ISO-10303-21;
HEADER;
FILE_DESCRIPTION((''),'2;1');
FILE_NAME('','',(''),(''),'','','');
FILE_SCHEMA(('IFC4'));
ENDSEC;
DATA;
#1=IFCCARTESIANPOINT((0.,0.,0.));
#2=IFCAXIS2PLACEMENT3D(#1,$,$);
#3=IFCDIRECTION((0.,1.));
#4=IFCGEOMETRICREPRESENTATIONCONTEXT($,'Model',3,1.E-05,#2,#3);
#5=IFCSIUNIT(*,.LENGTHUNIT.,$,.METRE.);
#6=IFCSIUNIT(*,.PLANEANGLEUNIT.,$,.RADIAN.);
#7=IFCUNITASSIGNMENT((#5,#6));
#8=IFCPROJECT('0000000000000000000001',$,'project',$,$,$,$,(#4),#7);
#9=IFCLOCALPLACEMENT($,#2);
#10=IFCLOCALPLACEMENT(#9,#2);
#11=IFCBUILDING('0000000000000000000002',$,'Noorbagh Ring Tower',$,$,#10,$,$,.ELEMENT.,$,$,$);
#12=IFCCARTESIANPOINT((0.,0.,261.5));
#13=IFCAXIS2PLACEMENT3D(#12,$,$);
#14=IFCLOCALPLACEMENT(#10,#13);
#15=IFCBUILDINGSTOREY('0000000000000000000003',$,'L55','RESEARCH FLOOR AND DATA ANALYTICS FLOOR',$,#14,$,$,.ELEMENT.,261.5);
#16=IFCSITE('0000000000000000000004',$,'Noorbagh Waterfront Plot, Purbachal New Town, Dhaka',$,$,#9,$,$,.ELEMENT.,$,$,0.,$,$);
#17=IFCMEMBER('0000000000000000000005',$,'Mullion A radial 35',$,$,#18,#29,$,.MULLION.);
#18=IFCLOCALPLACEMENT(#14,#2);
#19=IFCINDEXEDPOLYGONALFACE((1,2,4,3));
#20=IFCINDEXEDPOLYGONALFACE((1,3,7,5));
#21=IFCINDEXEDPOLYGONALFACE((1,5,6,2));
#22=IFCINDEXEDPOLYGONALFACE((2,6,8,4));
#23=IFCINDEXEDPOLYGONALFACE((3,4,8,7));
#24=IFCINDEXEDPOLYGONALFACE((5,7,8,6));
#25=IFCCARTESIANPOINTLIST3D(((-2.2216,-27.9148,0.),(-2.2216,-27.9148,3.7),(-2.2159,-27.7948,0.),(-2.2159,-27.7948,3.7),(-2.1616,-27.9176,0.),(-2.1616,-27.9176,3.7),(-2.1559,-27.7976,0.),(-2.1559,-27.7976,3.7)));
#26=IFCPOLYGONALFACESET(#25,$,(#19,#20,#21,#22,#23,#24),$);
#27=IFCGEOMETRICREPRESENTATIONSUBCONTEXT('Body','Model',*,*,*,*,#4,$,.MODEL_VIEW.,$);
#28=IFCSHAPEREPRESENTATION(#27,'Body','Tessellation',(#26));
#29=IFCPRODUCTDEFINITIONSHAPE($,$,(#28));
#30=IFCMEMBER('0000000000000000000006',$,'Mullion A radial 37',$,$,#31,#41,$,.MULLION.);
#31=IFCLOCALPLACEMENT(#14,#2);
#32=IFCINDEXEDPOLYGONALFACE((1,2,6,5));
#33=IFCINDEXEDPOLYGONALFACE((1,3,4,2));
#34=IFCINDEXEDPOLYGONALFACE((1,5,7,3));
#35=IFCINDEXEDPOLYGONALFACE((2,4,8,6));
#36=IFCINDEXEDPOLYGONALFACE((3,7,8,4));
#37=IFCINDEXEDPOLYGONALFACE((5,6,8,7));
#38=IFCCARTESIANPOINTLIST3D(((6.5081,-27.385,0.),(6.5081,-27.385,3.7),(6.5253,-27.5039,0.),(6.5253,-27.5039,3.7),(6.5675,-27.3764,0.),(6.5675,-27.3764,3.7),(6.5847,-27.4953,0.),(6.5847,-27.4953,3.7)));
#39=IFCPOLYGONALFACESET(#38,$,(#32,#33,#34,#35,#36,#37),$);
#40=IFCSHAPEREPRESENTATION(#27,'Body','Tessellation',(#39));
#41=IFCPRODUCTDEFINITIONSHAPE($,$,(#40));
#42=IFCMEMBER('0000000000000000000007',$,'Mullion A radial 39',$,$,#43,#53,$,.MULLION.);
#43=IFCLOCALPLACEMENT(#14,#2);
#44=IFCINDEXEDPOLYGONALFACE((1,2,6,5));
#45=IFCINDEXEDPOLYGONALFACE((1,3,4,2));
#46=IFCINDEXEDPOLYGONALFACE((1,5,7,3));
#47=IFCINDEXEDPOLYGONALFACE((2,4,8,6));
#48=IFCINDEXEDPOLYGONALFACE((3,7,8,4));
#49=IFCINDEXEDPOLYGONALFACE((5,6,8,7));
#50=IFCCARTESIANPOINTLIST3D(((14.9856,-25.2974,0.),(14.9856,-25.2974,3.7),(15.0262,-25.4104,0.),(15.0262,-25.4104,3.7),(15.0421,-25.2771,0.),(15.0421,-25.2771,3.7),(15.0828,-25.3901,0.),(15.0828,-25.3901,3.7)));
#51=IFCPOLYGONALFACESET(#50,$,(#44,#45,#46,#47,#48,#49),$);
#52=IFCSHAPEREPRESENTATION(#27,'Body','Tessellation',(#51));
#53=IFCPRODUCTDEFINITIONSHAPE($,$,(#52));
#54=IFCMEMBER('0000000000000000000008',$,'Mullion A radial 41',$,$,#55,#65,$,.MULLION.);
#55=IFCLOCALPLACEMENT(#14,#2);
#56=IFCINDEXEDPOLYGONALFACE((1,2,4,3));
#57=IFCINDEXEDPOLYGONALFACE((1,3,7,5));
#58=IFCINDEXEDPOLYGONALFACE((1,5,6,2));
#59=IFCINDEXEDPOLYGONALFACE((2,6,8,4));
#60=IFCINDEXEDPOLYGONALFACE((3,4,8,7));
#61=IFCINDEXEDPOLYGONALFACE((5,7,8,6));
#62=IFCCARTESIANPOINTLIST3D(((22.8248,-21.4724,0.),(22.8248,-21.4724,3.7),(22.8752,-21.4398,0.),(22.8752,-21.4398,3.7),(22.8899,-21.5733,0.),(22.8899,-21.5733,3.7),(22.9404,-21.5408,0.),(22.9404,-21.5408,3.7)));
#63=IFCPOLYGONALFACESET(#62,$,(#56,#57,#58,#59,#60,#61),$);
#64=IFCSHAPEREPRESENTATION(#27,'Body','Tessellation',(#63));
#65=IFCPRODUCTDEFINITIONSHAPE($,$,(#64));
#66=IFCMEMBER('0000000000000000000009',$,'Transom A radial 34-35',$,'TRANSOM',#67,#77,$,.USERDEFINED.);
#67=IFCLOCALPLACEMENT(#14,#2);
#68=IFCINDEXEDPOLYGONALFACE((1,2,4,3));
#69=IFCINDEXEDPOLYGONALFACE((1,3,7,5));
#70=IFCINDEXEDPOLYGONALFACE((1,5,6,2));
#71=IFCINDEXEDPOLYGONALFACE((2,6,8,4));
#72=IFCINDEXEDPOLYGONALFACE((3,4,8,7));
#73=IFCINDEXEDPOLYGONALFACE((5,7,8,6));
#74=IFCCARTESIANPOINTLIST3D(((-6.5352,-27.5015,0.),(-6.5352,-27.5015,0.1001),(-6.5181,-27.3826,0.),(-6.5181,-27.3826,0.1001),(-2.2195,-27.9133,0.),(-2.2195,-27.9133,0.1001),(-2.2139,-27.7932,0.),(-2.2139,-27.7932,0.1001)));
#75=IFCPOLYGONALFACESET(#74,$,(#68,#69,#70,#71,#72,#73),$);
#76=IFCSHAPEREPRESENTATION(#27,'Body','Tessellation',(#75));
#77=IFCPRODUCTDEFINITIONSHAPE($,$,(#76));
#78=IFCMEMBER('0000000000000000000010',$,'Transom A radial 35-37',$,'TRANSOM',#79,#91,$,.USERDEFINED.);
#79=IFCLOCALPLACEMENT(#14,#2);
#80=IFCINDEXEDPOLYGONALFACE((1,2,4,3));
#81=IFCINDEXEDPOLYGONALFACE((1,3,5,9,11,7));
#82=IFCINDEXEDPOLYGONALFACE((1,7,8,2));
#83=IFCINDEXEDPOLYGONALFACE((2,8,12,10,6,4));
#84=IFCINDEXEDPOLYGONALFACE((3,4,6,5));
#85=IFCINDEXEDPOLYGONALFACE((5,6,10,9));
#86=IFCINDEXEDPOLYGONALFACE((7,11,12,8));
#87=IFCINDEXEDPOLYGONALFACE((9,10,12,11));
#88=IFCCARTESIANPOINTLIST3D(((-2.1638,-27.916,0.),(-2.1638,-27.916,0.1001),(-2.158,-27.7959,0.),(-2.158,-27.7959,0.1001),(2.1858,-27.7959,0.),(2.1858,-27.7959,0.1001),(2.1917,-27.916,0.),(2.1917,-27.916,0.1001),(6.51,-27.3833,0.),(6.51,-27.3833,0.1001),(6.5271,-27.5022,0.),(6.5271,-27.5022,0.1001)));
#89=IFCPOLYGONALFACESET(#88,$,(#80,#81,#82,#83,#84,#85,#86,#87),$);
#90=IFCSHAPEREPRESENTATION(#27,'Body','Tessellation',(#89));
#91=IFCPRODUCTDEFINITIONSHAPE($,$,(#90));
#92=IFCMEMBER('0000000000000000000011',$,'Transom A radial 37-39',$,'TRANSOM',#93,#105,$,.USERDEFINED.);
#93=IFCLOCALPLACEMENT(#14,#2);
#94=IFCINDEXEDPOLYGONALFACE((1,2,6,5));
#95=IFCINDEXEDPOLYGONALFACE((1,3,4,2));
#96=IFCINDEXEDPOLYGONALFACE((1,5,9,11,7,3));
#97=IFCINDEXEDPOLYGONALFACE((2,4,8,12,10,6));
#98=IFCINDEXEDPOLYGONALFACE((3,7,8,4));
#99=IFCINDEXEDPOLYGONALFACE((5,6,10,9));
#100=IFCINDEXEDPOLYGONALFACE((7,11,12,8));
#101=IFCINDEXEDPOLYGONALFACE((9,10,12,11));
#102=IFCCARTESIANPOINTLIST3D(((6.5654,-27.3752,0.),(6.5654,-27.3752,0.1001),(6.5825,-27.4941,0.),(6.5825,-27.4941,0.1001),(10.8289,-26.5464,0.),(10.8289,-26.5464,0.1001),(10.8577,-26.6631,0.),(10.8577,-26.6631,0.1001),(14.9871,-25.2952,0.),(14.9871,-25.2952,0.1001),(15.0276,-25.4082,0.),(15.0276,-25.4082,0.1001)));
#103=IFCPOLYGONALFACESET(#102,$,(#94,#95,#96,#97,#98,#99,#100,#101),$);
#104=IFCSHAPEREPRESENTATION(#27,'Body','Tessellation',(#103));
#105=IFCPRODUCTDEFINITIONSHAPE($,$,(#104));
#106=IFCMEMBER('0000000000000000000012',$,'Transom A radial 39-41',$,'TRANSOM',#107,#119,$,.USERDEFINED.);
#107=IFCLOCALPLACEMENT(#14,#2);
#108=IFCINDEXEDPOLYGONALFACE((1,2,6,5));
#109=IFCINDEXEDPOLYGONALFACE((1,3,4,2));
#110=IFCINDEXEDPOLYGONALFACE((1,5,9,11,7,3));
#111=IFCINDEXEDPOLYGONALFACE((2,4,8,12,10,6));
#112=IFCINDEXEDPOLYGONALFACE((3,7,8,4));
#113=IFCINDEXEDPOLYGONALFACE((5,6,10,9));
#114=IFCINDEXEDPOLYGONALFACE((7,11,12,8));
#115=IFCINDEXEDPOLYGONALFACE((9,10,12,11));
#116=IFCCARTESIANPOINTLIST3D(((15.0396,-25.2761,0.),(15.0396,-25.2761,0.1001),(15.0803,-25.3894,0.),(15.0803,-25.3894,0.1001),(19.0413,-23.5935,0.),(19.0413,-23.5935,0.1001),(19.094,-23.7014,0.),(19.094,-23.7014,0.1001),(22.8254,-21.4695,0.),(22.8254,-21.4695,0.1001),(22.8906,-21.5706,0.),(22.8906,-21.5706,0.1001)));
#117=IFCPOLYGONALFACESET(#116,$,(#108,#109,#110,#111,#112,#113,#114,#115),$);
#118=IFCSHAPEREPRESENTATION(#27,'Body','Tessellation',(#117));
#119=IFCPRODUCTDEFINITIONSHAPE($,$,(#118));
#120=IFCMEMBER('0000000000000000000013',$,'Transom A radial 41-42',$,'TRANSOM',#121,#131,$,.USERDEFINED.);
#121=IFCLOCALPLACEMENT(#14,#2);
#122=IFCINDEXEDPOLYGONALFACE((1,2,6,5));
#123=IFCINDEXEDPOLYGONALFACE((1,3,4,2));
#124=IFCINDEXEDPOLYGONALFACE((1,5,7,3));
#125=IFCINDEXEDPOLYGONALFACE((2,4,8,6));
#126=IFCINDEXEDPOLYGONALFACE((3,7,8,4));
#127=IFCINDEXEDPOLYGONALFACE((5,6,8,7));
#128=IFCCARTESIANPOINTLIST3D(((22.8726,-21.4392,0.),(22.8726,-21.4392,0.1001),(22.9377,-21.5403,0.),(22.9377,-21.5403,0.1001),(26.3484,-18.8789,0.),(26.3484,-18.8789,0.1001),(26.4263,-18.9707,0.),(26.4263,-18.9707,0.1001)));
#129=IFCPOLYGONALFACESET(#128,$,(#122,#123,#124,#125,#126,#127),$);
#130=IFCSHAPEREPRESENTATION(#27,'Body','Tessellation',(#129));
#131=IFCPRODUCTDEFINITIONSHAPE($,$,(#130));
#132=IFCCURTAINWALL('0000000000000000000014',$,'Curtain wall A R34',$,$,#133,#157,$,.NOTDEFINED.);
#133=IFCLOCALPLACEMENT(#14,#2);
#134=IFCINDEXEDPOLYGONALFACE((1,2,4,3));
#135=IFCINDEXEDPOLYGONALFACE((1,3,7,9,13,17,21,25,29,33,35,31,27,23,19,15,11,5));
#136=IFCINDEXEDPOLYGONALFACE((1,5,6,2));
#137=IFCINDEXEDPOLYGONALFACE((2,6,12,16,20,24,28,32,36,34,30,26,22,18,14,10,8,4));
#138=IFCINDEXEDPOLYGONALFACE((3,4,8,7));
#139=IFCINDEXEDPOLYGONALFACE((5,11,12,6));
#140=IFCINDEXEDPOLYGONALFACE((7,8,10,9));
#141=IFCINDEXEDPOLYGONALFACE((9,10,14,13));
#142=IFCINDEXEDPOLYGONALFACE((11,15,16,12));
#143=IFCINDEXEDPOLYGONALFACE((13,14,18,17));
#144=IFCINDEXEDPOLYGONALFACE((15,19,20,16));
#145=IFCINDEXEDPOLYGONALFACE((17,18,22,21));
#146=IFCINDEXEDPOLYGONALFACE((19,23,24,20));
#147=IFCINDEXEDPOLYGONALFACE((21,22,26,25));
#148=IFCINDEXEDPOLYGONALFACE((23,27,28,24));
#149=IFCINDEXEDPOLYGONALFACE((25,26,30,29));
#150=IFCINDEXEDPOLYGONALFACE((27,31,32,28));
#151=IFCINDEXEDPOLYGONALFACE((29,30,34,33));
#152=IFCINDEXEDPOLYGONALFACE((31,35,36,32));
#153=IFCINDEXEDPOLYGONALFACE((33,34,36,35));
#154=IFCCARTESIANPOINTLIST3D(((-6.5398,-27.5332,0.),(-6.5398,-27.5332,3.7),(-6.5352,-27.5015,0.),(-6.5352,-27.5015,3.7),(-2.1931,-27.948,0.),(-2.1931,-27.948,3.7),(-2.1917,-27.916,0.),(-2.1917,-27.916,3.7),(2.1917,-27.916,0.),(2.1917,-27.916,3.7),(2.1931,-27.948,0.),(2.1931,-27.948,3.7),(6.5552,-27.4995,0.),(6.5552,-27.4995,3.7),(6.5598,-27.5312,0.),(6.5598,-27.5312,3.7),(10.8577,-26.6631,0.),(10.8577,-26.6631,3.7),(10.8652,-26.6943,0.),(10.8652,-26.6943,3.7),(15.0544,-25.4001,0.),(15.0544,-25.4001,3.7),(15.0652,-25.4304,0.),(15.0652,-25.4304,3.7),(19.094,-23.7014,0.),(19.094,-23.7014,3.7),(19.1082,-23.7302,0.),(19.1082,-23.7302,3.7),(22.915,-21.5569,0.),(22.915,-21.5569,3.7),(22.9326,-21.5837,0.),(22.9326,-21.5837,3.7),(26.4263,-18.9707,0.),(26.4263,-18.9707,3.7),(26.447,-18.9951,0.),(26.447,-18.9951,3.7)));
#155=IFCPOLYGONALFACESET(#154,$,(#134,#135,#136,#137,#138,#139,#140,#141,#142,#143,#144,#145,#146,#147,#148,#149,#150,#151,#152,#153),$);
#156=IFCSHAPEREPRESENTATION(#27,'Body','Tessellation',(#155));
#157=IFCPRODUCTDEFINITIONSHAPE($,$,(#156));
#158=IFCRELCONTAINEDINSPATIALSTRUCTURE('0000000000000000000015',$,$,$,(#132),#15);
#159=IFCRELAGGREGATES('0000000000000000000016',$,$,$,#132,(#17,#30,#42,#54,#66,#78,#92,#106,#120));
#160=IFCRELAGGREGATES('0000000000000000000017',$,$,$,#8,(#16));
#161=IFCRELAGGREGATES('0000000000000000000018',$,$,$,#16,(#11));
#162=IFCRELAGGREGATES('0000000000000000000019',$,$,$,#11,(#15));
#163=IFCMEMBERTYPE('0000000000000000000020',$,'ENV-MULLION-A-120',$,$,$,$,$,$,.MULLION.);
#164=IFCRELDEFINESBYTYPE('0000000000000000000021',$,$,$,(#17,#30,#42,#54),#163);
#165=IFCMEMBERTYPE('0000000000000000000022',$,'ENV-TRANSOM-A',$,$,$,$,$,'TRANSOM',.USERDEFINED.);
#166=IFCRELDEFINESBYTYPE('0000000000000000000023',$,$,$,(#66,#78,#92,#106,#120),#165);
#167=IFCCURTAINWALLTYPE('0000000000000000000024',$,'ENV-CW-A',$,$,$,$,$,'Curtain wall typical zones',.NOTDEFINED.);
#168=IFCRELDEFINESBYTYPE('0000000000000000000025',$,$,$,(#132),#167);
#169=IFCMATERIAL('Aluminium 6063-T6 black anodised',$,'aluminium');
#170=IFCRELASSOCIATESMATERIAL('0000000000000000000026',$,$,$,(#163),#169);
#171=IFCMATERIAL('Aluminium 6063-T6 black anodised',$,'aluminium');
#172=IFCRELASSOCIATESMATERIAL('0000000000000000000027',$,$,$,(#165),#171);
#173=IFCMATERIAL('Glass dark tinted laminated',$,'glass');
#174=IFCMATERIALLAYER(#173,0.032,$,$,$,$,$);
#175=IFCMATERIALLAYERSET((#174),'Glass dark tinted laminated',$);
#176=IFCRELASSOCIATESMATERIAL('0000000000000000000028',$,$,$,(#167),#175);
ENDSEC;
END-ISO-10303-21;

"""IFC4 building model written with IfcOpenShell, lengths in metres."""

from ifc_helpers import new_model, si_unit, direction, frame, origin, origin_2d, place, context, subcontext, project, spatial, polyline, rectangle, outline, extrude, material, layer, layer_set, material_profile, profile_set, type_object, element, aggregate, save


model = new_model("IFC4")

# Units and contexts
model_context = context("Model", 3, precision=1e-05, world=origin(), true_north=direction((0.0, 1.0)))
body_context = subcontext(model_context, "Body", "Model", "MODEL_VIEW")
ifc_project = project(units=[si_unit("LENGTHUNIT", "METRE"), si_unit("PLANEANGLEUNIT", "RADIAN")], contexts=[model_context])

# Members
ifc_material_1 = material(Name="Aluminium 6063-T6 black anodised", Category="aluminium")
ifc_material_profile_1 = material_profile(ifc_material_1, rectangle(XDim=0.1201, YDim=0.0601, at=origin_2d()), Name="120x60")
ifc_profile_set_1 = profile_set([ifc_material_profile_1], Name="Aluminium 6063-T6 black anodised")
member_type_1 = type_object("IfcMemberType", Name="ENV-MULLION-A-120", PredefinedType="MULLION", material=ifc_profile_set_1)
site_placement = place(None, origin())
building_placement = place(site_placement, origin())
storey_placement = place(building_placement, frame((0.0, 0.0, 261.5)))
member_1_placement = place(storey_placement, frame((-2.1887, -27.8562, 0.0), z_axis=(0.0, 0.0, 1.0), x_axis=(0.047558, 0.998868, 0.0)))
member_1 = element("IfcMember", 1, at=member_1_placement, type_object=member_type_1, Name="Mullion A radial 35", PredefinedType="MULLION", context=body_context, shape_type="SweptSolid", body=[
    extrude(rectangle(XDim=0.1201, YDim=0.0601, at=origin_2d()), origin(), (0.0, 0.0, 1.0), 3.7),
])
member_2_placement = place(storey_placement, frame((6.5464, -27.4402, 0.0), z_axis=(0.0, 0.0, 1.0), x_axis=(-0.143082, 0.989711, 0.0)))
member_2 = element("IfcMember", 2, at=member_2_placement, type_object=member_type_1, Name="Mullion A radial 37", PredefinedType="MULLION", context=body_context, shape_type="SweptSolid", body=[
    extrude(rectangle(XDim=0.1201, YDim=0.0601, at=origin_2d()), origin(), (0.0, 0.0, 1.0), 3.7),
])
member_3_placement = place(storey_placement, frame((15.0342, -25.3438, 0.0), z_axis=(0.0, 0.0, 1.0), x_axis=(-0.338379, 0.94101, 0.0)))
member_3 = element("IfcMember", 3, at=member_3_placement, type_object=member_type_1, Name="Mullion A radial 39", PredefinedType="MULLION", context=body_context, shape_type="SweptSolid", body=[
    extrude(rectangle(XDim=0.1201, YDim=0.0601, at=origin_2d()), origin(), (0.0, 0.0, 1.0), 3.7),
])
member_4_placement = place(storey_placement, frame((22.8826, -21.5066, 0.0), z_axis=(0.0, 0.0, 1.0), x_axis=(-0.542279, 0.840198, 0.0)))
member_4 = element("IfcMember", 4, at=member_4_placement, type_object=member_type_1, Name="Mullion A radial 41", PredefinedType="MULLION", context=body_context, shape_type="SweptSolid", body=[
    extrude(rectangle(XDim=0.1201, YDim=0.0601, at=origin_2d()), origin(), (0.0, 0.0, 1.0), 3.7),
])
ifc_material_2 = material(Name="Aluminium 6063-T6 black anodised", Category="aluminium")
member_type_2 = type_object("IfcMemberType", Name="ENV-TRANSOM-A", ElementType="TRANSOM", PredefinedType="USERDEFINED", material=ifc_material_2)
member_5_placement = place(storey_placement, origin())
member_5 = element("IfcMember", 5, at=member_5_placement, type_object=member_type_2, Name="Transom A radial 34-35", ObjectType="TRANSOM", PredefinedType="USERDEFINED", context=body_context, shape_type="SweptSolid", body=[
    extrude(outline(polyline([(-6.5352, -27.5015), (-2.2195, -27.9133), (-2.2139, -27.7932), (-6.5181, -27.3826), (-6.5352, -27.5015)])), origin(), (0.0, 0.0, 1.0), 0.1001),
])
member_6_placement = place(storey_placement, origin())
member_6 = element("IfcMember", 6, at=member_6_placement, type_object=member_type_2, Name="Transom A radial 35-37", ObjectType="TRANSOM", PredefinedType="USERDEFINED", context=body_context, shape_type="SweptSolid", body=[
    extrude(outline(polyline([(-2.1638, -27.916), (2.1917, -27.916), (6.5271, -27.5022), (6.51, -27.3833), (2.1858, -27.7959), (-2.158, -27.7959), (-2.1638, -27.916)])), origin(), (0.0, 0.0, 1.0), 0.1001),
])
member_7_placement = place(storey_placement, origin())
member_7 = element("IfcMember", 7, at=member_7_placement, type_object=member_type_2, Name="Transom A radial 37-39", ObjectType="TRANSOM", PredefinedType="USERDEFINED", context=body_context, shape_type="SweptSolid", body=[
    extrude(outline(polyline([(6.5825, -27.4941), (10.8577, -26.6631), (15.0276, -25.4082), (14.9871, -25.2952), (10.8289, -26.5464), (6.5654, -27.3752), (6.5825, -27.4941)])), origin(), (0.0, 0.0, 1.0), 0.1001),
])
member_8_placement = place(storey_placement, origin())
member_8 = element("IfcMember", 8, at=member_8_placement, type_object=member_type_2, Name="Transom A radial 39-41", ObjectType="TRANSOM", PredefinedType="USERDEFINED", context=body_context, shape_type="SweptSolid", body=[
    extrude(outline(polyline([(15.0803, -25.3894), (19.094, -23.7014), (22.8906, -21.5706), (22.8254, -21.4695), (19.0413, -23.5935), (15.0396, -25.2761), (15.0803, -25.3894)])), origin(), (0.0, 0.0, 1.0), 0.1001),
])
member_9_placement = place(storey_placement, origin())
member_9 = element("IfcMember", 9, at=member_9_placement, type_object=member_type_2, Name="Transom A radial 41-42", ObjectType="TRANSOM", PredefinedType="USERDEFINED", context=body_context, shape_type="SweptSolid", body=[
    extrude(outline(polyline([(22.9377, -21.5403), (26.4263, -18.9707), (26.3484, -18.8789), (22.8726, -21.4392), (22.9377, -21.5403)])), origin(), (0.0, 0.0, 1.0), 0.1001),
])

# Site, building, storey
site = spatial("IfcSite", under=ifc_project, at=site_placement, Name="Noorbagh Waterfront Plot, Purbachal New Town, Dhaka", CompositionType="ELEMENT", RefElevation=0.0)
building = spatial("IfcBuilding", under=site, at=building_placement, Name="Noorbagh Ring Tower", CompositionType="ELEMENT")
storey = spatial("IfcBuildingStorey", under=building, at=storey_placement, Name="L55", Description="RESEARCH FLOOR AND DATA ANALYTICS FLOOR", CompositionType="ELEMENT", Elevation=261.5)

# Curtain wall
ifc_material_3 = material(Name="Glass dark tinted laminated", Category="glass")
ifc_layer_1 = layer(ifc_material_3, 0.032)
ifc_layer_set_1 = layer_set([ifc_layer_1], Name="Glass dark tinted laminated")
curtain_wall_type_1 = type_object("IfcCurtainWallType", Name="ENV-CW-A", ElementType="Curtain wall typical zones", PredefinedType="NOTDEFINED", material=ifc_layer_set_1)
curtain_wall_1_placement = place(storey_placement, origin())
curtain_wall_1 = element("IfcCurtainWall", 10, at=curtain_wall_1_placement, inside=storey, type_object=curtain_wall_type_1, Name="Curtain wall A R34", PredefinedType="NOTDEFINED", context=body_context, shape_type="SweptSolid", body=[
    extrude(outline(polyline([(-6.5398, -27.5332), (-2.1931, -27.948), (2.1931, -27.948), (6.5598, -27.5312), (10.8652, -26.6943), (15.0652, -25.4304), (19.1082, -23.7302), (22.9326, -21.5837), (26.447, -18.9951), (26.4263, -18.9707), (22.915, -21.5569), (19.094, -23.7014), (15.0544, -25.4001), (10.8577, -26.6631), (6.5552, -27.4995), (2.1917, -27.916), (-2.1917, -27.916), (-6.5352, -27.5015), (-6.5398, -27.5332)])), origin(), (0.0, 0.0, 1.0), 3.7),
])
aggregate(curtain_wall_1, [member_1, member_2, member_3, member_4, member_5, member_6, member_7, member_8, member_9])

save(model, "model.ifc")
